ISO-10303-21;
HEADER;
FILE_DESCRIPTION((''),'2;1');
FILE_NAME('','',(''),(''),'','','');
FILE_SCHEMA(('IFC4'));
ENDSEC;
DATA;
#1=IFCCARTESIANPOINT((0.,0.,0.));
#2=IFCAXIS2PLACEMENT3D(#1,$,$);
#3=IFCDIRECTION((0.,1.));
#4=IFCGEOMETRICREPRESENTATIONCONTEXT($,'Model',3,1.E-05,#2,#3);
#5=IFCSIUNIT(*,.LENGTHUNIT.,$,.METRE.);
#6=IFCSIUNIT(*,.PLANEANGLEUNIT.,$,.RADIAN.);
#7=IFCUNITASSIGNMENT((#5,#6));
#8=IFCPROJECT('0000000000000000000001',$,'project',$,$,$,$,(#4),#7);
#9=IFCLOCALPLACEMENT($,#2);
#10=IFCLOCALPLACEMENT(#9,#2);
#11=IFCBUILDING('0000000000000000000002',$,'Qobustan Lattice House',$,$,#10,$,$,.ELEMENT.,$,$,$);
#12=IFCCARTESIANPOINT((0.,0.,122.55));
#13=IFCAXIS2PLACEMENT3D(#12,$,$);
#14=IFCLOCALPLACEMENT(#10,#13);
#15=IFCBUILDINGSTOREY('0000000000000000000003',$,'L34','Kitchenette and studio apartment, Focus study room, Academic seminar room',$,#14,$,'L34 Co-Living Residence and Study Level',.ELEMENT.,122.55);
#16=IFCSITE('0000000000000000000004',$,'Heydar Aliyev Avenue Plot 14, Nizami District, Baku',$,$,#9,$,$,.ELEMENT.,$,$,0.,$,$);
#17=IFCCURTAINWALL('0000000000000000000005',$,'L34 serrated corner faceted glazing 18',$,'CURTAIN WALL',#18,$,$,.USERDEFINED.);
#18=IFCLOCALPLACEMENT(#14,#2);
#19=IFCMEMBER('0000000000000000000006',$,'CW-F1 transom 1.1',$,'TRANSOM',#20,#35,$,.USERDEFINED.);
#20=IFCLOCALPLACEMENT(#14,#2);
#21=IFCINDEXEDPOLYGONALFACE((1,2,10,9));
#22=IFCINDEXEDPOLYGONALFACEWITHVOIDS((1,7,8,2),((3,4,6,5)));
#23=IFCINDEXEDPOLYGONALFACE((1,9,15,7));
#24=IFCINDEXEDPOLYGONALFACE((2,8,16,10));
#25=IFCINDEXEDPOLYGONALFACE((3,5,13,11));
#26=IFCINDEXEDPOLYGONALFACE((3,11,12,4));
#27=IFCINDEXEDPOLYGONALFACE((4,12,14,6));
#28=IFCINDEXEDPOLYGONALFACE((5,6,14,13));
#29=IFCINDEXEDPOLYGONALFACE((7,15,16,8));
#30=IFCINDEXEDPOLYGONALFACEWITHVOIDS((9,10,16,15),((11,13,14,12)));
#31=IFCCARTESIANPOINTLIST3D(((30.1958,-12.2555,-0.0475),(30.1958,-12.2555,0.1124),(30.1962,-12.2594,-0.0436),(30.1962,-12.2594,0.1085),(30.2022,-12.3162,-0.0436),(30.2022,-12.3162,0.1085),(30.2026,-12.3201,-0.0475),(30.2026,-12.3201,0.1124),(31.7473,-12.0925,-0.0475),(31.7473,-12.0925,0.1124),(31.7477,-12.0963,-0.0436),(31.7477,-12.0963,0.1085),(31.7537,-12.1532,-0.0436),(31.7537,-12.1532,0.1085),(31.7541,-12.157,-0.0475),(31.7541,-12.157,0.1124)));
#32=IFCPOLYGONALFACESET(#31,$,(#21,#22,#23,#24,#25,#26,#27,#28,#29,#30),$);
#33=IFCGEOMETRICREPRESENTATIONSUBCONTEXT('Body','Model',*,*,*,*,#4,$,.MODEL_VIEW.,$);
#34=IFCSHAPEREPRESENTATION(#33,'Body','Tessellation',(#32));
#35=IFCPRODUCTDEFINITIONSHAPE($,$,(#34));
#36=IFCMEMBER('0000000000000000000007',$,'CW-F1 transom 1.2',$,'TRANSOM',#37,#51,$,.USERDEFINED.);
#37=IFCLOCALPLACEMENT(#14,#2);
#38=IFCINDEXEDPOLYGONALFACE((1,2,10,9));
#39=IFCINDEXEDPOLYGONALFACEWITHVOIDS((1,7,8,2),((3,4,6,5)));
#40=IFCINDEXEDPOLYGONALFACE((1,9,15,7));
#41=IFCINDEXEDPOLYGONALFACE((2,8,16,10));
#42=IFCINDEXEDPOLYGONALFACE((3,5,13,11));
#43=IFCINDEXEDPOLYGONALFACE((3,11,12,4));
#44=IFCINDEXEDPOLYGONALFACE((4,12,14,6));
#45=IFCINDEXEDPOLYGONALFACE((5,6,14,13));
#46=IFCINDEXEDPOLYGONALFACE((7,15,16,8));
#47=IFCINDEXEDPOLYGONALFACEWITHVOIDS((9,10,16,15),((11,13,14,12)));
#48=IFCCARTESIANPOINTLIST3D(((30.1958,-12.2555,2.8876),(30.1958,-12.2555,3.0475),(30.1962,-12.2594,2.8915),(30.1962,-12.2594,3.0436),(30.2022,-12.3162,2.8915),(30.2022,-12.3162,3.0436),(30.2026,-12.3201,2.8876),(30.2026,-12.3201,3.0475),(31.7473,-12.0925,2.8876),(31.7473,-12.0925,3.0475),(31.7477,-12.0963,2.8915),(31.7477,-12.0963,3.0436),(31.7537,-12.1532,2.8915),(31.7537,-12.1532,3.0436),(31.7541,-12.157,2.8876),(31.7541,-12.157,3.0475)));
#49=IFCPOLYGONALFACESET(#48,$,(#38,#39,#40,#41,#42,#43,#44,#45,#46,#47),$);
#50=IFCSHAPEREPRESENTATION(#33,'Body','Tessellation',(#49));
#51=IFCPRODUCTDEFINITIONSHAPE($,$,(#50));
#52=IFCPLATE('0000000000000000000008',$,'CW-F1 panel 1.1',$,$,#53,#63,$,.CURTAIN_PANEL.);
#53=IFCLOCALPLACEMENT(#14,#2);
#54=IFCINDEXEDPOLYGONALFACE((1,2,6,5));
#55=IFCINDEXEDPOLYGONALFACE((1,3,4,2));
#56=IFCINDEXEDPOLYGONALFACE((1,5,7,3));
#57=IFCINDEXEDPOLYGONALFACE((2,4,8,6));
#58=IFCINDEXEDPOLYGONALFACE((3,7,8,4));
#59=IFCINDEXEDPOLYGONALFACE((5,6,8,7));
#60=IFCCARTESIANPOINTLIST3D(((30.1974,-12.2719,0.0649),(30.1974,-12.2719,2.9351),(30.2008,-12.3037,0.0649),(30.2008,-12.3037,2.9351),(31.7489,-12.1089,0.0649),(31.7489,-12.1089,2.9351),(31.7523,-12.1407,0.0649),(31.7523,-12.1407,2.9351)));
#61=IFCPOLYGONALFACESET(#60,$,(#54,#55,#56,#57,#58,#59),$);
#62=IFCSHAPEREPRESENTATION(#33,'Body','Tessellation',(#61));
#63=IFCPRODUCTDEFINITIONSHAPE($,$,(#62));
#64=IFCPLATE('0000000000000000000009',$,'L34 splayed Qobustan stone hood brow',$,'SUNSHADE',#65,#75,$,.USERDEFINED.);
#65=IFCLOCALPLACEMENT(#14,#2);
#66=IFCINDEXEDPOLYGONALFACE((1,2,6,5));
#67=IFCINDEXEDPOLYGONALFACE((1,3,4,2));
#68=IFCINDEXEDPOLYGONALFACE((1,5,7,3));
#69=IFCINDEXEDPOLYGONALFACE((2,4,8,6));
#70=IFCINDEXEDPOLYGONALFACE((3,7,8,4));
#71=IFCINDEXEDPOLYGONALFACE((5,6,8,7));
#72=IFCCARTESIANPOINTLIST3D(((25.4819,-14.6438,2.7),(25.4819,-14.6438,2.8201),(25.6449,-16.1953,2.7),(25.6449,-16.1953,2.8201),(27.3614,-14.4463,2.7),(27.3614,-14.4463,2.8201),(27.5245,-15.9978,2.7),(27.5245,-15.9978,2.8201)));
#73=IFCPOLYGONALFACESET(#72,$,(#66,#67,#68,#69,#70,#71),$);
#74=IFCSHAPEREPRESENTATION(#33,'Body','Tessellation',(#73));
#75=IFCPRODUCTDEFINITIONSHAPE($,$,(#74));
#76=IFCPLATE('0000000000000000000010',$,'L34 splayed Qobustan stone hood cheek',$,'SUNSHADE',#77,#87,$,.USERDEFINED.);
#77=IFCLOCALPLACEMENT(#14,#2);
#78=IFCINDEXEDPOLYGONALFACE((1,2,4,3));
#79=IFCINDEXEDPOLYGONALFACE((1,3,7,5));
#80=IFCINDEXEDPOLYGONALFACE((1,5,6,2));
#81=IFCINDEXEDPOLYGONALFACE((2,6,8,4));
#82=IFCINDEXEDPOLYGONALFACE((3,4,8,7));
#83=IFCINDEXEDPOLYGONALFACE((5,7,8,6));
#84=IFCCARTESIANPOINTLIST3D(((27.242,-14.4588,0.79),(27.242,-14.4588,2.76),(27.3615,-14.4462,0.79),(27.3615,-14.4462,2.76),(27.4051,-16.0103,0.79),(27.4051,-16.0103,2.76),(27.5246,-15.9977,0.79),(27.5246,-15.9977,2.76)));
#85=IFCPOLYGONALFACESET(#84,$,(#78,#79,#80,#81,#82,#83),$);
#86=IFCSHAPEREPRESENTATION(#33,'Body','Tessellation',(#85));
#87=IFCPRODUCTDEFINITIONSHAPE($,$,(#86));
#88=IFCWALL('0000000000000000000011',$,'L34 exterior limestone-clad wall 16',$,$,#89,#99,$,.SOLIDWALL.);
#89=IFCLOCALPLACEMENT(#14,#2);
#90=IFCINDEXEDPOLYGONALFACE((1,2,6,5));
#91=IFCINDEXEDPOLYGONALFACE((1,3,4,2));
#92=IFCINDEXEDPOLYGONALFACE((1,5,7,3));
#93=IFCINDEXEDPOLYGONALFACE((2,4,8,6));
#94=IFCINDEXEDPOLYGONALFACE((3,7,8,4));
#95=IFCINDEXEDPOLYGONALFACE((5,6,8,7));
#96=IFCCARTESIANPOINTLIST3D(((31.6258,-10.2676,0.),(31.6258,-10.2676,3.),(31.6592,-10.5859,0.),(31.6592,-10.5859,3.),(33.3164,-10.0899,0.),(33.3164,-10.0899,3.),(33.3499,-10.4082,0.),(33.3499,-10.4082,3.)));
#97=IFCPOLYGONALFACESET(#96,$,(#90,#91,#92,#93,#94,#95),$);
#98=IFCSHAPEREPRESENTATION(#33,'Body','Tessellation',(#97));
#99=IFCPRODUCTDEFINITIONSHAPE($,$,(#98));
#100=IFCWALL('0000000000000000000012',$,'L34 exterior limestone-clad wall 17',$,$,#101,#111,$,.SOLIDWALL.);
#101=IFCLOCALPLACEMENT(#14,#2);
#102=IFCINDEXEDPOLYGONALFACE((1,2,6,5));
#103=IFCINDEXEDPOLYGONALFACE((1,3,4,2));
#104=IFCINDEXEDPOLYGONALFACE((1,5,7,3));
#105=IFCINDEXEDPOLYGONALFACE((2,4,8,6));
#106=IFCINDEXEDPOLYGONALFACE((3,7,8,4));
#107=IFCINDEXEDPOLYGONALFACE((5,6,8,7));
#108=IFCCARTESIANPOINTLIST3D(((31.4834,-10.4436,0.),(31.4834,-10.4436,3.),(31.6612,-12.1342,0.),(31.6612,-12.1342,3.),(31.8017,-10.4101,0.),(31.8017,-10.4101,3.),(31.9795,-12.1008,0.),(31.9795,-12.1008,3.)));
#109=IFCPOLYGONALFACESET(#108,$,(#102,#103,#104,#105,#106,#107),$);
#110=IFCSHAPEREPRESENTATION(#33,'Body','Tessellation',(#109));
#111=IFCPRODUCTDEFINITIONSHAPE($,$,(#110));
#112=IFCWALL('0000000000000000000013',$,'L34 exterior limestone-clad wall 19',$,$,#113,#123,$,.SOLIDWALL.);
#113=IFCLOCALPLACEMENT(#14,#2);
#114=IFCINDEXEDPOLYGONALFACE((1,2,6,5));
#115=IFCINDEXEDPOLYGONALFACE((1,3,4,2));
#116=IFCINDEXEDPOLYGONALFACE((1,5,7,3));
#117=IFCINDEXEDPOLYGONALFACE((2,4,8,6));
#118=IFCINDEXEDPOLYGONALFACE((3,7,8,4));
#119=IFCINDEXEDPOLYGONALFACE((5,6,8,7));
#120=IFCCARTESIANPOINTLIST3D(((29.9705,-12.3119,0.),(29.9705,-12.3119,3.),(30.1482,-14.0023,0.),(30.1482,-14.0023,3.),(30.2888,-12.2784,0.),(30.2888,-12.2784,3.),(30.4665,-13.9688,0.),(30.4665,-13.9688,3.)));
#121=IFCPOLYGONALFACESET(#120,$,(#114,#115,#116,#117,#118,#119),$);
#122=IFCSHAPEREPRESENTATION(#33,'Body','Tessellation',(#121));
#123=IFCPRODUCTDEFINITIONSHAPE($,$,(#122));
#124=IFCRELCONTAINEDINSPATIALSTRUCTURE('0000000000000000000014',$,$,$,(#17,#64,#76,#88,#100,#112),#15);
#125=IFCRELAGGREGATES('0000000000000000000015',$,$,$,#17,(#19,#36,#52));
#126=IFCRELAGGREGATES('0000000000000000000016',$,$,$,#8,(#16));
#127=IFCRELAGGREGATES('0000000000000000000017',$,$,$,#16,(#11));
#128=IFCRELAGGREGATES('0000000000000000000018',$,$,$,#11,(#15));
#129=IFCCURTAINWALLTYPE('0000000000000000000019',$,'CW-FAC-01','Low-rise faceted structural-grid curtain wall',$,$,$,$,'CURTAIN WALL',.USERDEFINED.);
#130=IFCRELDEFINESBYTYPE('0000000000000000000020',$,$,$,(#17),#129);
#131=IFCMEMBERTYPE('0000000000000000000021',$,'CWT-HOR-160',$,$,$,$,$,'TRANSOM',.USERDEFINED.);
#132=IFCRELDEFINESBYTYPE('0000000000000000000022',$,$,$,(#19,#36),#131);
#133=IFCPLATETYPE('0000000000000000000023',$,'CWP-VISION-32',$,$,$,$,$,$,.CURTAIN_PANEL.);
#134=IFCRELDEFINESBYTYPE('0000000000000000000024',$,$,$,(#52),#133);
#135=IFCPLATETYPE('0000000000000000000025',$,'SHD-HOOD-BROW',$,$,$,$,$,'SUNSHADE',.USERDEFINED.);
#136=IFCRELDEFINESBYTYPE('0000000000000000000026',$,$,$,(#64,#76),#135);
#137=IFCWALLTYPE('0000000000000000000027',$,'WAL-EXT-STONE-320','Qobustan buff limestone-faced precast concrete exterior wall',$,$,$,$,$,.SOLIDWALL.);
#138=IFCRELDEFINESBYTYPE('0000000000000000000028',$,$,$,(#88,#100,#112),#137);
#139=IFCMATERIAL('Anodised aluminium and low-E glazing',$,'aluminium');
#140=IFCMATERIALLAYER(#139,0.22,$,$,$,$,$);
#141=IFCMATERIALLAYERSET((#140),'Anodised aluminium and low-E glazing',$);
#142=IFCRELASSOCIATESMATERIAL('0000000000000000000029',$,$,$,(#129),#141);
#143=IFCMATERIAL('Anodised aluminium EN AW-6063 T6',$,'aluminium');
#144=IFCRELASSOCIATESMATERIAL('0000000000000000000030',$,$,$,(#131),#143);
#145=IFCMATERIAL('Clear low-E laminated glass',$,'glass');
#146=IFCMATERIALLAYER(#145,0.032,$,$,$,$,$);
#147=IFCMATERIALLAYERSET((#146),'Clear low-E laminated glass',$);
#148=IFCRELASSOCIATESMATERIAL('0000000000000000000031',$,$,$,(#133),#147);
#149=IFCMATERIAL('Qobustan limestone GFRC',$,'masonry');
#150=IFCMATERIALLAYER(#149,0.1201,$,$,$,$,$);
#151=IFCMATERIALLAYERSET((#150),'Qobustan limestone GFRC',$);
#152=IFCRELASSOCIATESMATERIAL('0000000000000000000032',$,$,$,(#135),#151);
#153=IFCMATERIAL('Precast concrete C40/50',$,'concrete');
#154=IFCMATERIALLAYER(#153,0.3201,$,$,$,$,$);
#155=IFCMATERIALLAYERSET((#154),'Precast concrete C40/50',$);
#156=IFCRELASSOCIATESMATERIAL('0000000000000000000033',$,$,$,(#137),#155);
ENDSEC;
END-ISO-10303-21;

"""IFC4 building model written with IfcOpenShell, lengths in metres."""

from ifc_helpers import new_model, si_unit, direction, frame, frame_2d, origin, origin_2d, place, context, subcontext, project, spatial, rectangle, hollow_rectangle, extrude, material, layer, layer_set, material_profile, profile_set, type_object, element, aggregate, save


model = new_model("IFC4")

# Units and contexts
model_context = context("Model", 3, precision=1e-05, world=origin(), true_north=direction((0.0, 1.0)))
body_context = subcontext(model_context, "Body", "Model", "MODEL_VIEW")
ifc_project = project(units=[si_unit("LENGTHUNIT", "METRE"), si_unit("PLANEANGLEUNIT", "RADIAN")], contexts=[model_context])

# Site, building, storey
site_placement = place(None, origin())
site = spatial("IfcSite", under=ifc_project, at=site_placement, Name="Heydar Aliyev Avenue Plot 14, Nizami District, Baku", CompositionType="ELEMENT", RefElevation=0.0)
building_placement = place(site_placement, origin())
building = spatial("IfcBuilding", under=site, at=building_placement, Name="Qobustan Lattice House", CompositionType="ELEMENT")
storey_placement = place(building_placement, frame((0.0, 0.0, 122.55)))
storey = spatial("IfcBuildingStorey", under=building, at=storey_placement, Name="L34", Description="Kitchenette and studio apartment, Focus study room, Academic seminar room", LongName="L34 Co-Living Residence and Study Level", CompositionType="ELEMENT", Elevation=122.55)

# Curtain wall, members, plate
ifc_material_1 = material(Name="Anodised aluminium and low-E glazing", Category="aluminium")
ifc_layer_1 = layer(ifc_material_1, 0.22)
ifc_layer_set_1 = layer_set([ifc_layer_1], Name="Anodised aluminium and low-E glazing")
curtain_wall_type = type_object("IfcCurtainWallType", Name="CW-FAC-01", Description="Low-rise faceted structural-grid curtain wall", ElementType="CURTAIN WALL", PredefinedType="USERDEFINED", material=ifc_layer_set_1)
curtain_wall_placement = place(storey_placement, origin())
curtain_wall = element("IfcCurtainWall", 1, at=curtain_wall_placement, inside=storey, type_object=curtain_wall_type, Name="L34 serrated corner faceted glazing 18", ObjectType="CURTAIN WALL", PredefinedType="USERDEFINED")
ifc_material_2 = material(Name="Anodised aluminium EN AW-6063 T6", Category="aluminium")
ifc_material_profile_1 = material_profile(ifc_material_2, hollow_rectangle(XDim=0.0649, YDim=0.1599, WallThickness=0.0039, at=origin_2d()), Name="CWT-160x65")
ifc_profile_set_1 = profile_set([ifc_material_profile_1], Name="Anodised aluminium EN AW-6063 T6")
member_type_1 = type_object("IfcMemberType", Name="CWT-HOR-160", ElementType="TRANSOM", PredefinedType="USERDEFINED", material=ifc_profile_set_1)
member_1_placement = place(storey_placement, frame((31.7507, -12.1248, 0.0325), z_axis=(-0.994521, -0.104538, 0.0), x_axis=(0.104538, -0.994521, 0.0)))
member_1 = element("IfcMember", 2, at=member_1_placement, type_object=member_type_1, Name="CW-F1 transom 1.1", ObjectType="TRANSOM", PredefinedType="USERDEFINED", context=body_context, shape_type="SweptSolid", body=[
    extrude(hollow_rectangle(XDim=0.0649, YDim=0.1599, WallThickness=0.0039, at=origin_2d()), origin(), (0.0, 0.0, 1.0), 1.5601),
])
member_2_placement = place(storey_placement, frame((31.7507, -12.1248, 2.9675), z_axis=(-0.994521, -0.104538, 0.0), x_axis=(0.104538, -0.994521, 0.0)))
member_2 = element("IfcMember", 3, at=member_2_placement, type_object=member_type_1, Name="CW-F1 transom 1.2", ObjectType="TRANSOM", PredefinedType="USERDEFINED", context=body_context, shape_type="SweptSolid", body=[
    extrude(hollow_rectangle(XDim=0.0649, YDim=0.1599, WallThickness=0.0039, at=origin_2d()), origin(), (0.0, 0.0, 1.0), 1.5601),
])
ifc_material_3 = material(Name="Clear low-E laminated glass", Category="glass")
ifc_layer_2 = layer(ifc_material_3, 0.032)
ifc_layer_set_2 = layer_set([ifc_layer_2], Name="Clear low-E laminated glass")
plate_type_1 = type_object("IfcPlateType", Name="CWP-VISION-32", PredefinedType="CURTAIN_PANEL", material=ifc_layer_set_2)
plate_1_placement = place(storey_placement, frame((30.9749, -12.2063, 0.0649), z_axis=(0.0, 0.0, 1.0), x_axis=(-0.994522, -0.104529, 0.0)))
plate_1 = element("IfcPlate", 4, at=plate_1_placement, type_object=plate_type_1, Name="CW-F1 panel 1.1", PredefinedType="CURTAIN_PANEL", context=body_context, shape_type="SweptSolid", body=[
    extrude(rectangle(XDim=1.5601, YDim=0.032, at=origin_2d()), origin(), (0.0, 0.0, 1.0), 2.8701),
])
aggregate(curtain_wall, [member_1, member_2, plate_1])

# Plates
ifc_material_4 = material(Name="Qobustan limestone GFRC", Category="masonry")
ifc_layer_3 = layer(ifc_material_4, 0.1201)
ifc_layer_set_3 = layer_set([ifc_layer_3], Name="Qobustan limestone GFRC")
plate_type_2 = type_object("IfcPlateType", Name="SHD-HOOD-BROW", ElementType="SUNSHADE", PredefinedType="USERDEFINED", material=ifc_layer_set_3)
plate_2_placement = place(storey_placement, frame((26.5032, -15.3208, 2.7), z_axis=(0.0, 0.0, 1.0), x_axis=(-0.994522, -0.104528, 0.0)))
element("IfcPlate", 5, at=plate_2_placement, inside=storey, type_object=plate_type_2, Name="L34 splayed Qobustan stone hood brow", ObjectType="SUNSHADE", PredefinedType="USERDEFINED", context=body_context, shape_type="SweptSolid", body=[
    extrude(rectangle(XDim=1.8899, YDim=1.5601, at=origin_2d()), origin(), (0.0, 0.0, 1.0), 0.1201),
])
plate_3_placement = place(storey_placement, frame((27.3833, -15.2283, 0.79), z_axis=(0.0, 0.0, 1.0), x_axis=(-0.994522, -0.104528, 0.0)))
element("IfcPlate", 6, at=plate_3_placement, inside=storey, type_object=plate_type_2, Name="L34 splayed Qobustan stone hood cheek", ObjectType="SUNSHADE", PredefinedType="USERDEFINED", context=body_context, shape_type="SweptSolid", body=[
    extrude(rectangle(XDim=0.1201, YDim=1.5601, at=origin_2d()), origin(), (0.0, 0.0, 1.0), 1.97),
])

# Walls
ifc_material_5 = material(Name="Precast concrete C40/50", Category="concrete")
ifc_layer_4 = layer(ifc_material_5, 0.3201)
ifc_layer_set_4 = layer_set([ifc_layer_4], Name="Precast concrete C40/50")
wall_type = type_object("IfcWallType", Name="WAL-EXT-STONE-320", Description="Qobustan buff limestone-faced precast concrete exterior wall", PredefinedType="SOLIDWALL", material=ifc_layer_set_4)
for number, where, z_axis, x_axis, name in (
    (7, (33.3333, -10.249, 0.0), (0.0, 0.0, 1.0), (-0.99452, -0.10455, 0.0), "L34 exterior limestone-clad wall 16"),
    (8, (31.6426, -10.4268, 0.0), (0.0, 0.0, 1.0), (0.10455, -0.99452, 0.0), "L34 exterior limestone-clad wall 17"),
):
    element("IfcWall", number, at=place(storey_placement, frame(where, z_axis=z_axis, x_axis=x_axis)), inside=storey, type_object=wall_type, Name=name, PredefinedType="SOLIDWALL", context=body_context, shape_type="SweptSolid", body=[
        extrude(rectangle(XDim=1.7, YDim=0.3201, at=frame_2d((0.8501, 0.0))), origin(), (0.0, 0.0, 1.0), 3.0),
    ])
wall_1_placement = place(storey_placement, frame((30.1296, -12.2952, 0.0), z_axis=(0.0, 0.0, 1.0), x_axis=(0.104565, -0.994518, 0.0)))
element("IfcWall", 9, at=wall_1_placement, inside=storey, type_object=wall_type, Name="L34 exterior limestone-clad wall 19", PredefinedType="SOLIDWALL", context=body_context, shape_type="SweptSolid", body=[
    extrude(rectangle(XDim=1.6997, YDim=0.3201, at=frame_2d((0.8499, 0.0))), origin(), (0.0, 0.0, 1.0), 3.0),
])

save(model, "model.ifc")
